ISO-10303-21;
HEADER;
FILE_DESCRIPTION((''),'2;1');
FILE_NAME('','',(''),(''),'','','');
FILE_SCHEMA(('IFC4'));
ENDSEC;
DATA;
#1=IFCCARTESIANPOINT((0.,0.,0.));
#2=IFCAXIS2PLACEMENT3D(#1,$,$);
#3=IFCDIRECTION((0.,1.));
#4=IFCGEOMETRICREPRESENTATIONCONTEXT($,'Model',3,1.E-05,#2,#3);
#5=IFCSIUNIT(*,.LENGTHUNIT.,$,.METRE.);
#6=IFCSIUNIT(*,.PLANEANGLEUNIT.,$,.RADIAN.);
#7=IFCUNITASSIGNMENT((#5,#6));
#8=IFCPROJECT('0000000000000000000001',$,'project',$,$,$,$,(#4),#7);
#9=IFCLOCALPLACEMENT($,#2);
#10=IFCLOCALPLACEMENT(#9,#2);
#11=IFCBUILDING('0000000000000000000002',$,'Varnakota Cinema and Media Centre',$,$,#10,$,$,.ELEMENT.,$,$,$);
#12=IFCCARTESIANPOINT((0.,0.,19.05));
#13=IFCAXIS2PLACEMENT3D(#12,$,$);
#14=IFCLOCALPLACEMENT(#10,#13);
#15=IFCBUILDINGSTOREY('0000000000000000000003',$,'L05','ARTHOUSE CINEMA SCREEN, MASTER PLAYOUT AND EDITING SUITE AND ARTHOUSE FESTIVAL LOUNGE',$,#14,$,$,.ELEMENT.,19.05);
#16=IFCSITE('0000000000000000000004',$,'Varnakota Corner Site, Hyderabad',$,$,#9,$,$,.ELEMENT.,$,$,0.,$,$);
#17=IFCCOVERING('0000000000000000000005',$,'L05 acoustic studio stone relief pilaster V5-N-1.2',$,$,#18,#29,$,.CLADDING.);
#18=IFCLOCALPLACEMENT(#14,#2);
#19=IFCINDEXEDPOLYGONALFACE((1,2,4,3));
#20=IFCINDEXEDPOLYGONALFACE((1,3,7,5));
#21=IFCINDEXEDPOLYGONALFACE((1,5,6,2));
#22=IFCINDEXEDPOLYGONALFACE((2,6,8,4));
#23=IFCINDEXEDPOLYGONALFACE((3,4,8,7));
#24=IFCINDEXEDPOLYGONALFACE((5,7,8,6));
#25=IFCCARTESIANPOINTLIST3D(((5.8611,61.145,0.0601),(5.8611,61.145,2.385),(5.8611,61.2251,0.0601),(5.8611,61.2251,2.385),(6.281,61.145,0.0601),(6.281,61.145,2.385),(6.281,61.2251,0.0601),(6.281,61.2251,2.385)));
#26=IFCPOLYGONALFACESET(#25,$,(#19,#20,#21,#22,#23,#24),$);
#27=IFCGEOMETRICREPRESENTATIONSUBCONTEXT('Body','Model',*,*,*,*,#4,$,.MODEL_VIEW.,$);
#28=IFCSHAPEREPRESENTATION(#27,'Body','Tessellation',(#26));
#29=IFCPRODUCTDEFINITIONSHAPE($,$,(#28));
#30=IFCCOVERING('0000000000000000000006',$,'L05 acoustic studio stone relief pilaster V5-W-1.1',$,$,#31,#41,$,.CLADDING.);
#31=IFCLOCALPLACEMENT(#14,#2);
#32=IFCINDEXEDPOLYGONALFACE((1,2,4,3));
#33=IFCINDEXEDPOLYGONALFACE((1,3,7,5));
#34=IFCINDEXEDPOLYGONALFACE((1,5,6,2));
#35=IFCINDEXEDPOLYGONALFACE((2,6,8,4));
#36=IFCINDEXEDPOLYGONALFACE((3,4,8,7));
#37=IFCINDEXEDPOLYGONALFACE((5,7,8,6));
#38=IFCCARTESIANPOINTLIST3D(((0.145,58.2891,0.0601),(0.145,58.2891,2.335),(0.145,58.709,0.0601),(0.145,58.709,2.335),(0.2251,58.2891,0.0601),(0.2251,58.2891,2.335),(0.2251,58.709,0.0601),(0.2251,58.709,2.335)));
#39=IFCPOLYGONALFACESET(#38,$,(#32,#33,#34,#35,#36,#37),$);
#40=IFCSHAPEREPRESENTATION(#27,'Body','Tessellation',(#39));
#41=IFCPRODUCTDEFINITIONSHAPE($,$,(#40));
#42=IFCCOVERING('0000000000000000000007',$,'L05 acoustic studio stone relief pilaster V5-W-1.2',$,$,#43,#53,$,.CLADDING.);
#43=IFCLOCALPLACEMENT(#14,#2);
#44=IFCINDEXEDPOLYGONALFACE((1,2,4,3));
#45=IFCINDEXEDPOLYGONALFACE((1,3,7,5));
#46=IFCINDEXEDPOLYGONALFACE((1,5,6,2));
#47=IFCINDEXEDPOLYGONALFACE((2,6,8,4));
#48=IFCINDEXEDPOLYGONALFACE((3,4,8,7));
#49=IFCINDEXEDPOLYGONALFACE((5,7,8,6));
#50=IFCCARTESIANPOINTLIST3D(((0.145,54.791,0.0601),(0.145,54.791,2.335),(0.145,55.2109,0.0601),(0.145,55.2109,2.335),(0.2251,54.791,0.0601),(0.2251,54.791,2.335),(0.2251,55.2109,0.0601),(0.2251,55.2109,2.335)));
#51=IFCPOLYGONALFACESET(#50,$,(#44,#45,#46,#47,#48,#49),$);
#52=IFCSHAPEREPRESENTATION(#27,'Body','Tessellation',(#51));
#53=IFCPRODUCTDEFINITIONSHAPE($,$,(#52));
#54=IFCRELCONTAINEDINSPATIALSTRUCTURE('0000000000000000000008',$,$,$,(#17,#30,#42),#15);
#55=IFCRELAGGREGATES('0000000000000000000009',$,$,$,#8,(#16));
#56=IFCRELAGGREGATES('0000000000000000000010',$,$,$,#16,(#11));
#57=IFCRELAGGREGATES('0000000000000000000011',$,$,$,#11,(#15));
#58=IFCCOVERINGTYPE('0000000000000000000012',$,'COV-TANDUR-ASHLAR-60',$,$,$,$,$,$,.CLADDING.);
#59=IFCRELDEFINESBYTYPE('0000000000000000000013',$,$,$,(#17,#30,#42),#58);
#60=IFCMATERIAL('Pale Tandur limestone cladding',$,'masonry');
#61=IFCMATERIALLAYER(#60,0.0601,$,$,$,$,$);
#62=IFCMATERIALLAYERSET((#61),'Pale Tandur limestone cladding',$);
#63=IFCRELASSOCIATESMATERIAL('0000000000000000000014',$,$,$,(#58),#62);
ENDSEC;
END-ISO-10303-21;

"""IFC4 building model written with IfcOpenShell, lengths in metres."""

from ifc_helpers import new_model, si_unit, direction, frame, origin, origin_2d, place, context, subcontext, project, spatial, rectangle, extrude, material, layer, layer_set, type_object, element, save


model = new_model("IFC4")

# Units and contexts
model_context = context("Model", 3, precision=1e-05, world=origin(), true_north=direction((0.0, 1.0)))
body_context = subcontext(model_context, "Body", "Model", "MODEL_VIEW")
ifc_project = project(units=[si_unit("LENGTHUNIT", "METRE"), si_unit("PLANEANGLEUNIT", "RADIAN")], contexts=[model_context])

# Site, building, storey
site_placement = place(None, origin())
site = spatial("IfcSite", under=ifc_project, at=site_placement, Name="Varnakota Corner Site, Hyderabad", CompositionType="ELEMENT", RefElevation=0.0)
building_placement = place(site_placement, origin())
building = spatial("IfcBuilding", under=site, at=building_placement, Name="Varnakota Cinema and Media Centre", CompositionType="ELEMENT")
storey_placement = place(building_placement, frame((0.0, 0.0, 19.05)))
storey = spatial("IfcBuildingStorey", under=building, at=storey_placement, Name="L05", Description="ARTHOUSE CINEMA SCREEN, MASTER PLAYOUT AND EDITING SUITE AND ARTHOUSE FESTIVAL LOUNGE", CompositionType="ELEMENT", Elevation=19.05)

# Coverings
ifc_material_1 = material(Name="Pale Tandur limestone cladding", Category="masonry")
ifc_layer_1 = layer(ifc_material_1, 0.0601)
ifc_layer_set_1 = layer_set([ifc_layer_1], Name="Pale Tandur limestone cladding")
covering_type = type_object("IfcCoveringType", Name="COV-TANDUR-ASHLAR-60", PredefinedType="CLADDING", material=ifc_layer_set_1)
for number, where, z_axis, x_axis, name in (
    (1, (6.071, 61.1851, 0.0601), (0.0, 0.0, 1.0), (1.0, 0.0, 0.0), "L05 acoustic studio stone relief pilaster V5-N-1.2"),
):
    element("IfcCovering", number, at=place(storey_placement, frame(where, z_axis=z_axis, x_axis=x_axis)), inside=storey, type_object=covering_type, Name=name, PredefinedType="CLADDING", context=body_context, shape_type="SweptSolid", body=[
        extrude(rectangle(XDim=0.4199, YDim=0.0801, at=origin_2d()), origin(), (0.0, 0.0, 1.0), 2.325),
    ])
for number, where, z_axis, x_axis, name in (
    (2, (0.1851, 58.499, 0.0601), (0.0, 0.0, 1.0), (0.0, -1.0, 0.0), "L05 acoustic studio stone relief pilaster V5-W-1.1"),
    (3, (0.1851, 55.001, 0.0601), (0.0, 0.0, 1.0), (0.0, -1.0, 0.0), "L05 acoustic studio stone relief pilaster V5-W-1.2"),
):
    element("IfcCovering", number, at=place(storey_placement, frame(where, z_axis=z_axis, x_axis=x_axis)), inside=storey, type_object=covering_type, Name=name, PredefinedType="CLADDING", context=body_context, shape_type="SweptSolid", body=[
        extrude(rectangle(XDim=0.4199, YDim=0.0801, at=origin_2d()), origin(), (0.0, 0.0, 1.0), 2.2749),
    ])

save(model, "model.ifc")
